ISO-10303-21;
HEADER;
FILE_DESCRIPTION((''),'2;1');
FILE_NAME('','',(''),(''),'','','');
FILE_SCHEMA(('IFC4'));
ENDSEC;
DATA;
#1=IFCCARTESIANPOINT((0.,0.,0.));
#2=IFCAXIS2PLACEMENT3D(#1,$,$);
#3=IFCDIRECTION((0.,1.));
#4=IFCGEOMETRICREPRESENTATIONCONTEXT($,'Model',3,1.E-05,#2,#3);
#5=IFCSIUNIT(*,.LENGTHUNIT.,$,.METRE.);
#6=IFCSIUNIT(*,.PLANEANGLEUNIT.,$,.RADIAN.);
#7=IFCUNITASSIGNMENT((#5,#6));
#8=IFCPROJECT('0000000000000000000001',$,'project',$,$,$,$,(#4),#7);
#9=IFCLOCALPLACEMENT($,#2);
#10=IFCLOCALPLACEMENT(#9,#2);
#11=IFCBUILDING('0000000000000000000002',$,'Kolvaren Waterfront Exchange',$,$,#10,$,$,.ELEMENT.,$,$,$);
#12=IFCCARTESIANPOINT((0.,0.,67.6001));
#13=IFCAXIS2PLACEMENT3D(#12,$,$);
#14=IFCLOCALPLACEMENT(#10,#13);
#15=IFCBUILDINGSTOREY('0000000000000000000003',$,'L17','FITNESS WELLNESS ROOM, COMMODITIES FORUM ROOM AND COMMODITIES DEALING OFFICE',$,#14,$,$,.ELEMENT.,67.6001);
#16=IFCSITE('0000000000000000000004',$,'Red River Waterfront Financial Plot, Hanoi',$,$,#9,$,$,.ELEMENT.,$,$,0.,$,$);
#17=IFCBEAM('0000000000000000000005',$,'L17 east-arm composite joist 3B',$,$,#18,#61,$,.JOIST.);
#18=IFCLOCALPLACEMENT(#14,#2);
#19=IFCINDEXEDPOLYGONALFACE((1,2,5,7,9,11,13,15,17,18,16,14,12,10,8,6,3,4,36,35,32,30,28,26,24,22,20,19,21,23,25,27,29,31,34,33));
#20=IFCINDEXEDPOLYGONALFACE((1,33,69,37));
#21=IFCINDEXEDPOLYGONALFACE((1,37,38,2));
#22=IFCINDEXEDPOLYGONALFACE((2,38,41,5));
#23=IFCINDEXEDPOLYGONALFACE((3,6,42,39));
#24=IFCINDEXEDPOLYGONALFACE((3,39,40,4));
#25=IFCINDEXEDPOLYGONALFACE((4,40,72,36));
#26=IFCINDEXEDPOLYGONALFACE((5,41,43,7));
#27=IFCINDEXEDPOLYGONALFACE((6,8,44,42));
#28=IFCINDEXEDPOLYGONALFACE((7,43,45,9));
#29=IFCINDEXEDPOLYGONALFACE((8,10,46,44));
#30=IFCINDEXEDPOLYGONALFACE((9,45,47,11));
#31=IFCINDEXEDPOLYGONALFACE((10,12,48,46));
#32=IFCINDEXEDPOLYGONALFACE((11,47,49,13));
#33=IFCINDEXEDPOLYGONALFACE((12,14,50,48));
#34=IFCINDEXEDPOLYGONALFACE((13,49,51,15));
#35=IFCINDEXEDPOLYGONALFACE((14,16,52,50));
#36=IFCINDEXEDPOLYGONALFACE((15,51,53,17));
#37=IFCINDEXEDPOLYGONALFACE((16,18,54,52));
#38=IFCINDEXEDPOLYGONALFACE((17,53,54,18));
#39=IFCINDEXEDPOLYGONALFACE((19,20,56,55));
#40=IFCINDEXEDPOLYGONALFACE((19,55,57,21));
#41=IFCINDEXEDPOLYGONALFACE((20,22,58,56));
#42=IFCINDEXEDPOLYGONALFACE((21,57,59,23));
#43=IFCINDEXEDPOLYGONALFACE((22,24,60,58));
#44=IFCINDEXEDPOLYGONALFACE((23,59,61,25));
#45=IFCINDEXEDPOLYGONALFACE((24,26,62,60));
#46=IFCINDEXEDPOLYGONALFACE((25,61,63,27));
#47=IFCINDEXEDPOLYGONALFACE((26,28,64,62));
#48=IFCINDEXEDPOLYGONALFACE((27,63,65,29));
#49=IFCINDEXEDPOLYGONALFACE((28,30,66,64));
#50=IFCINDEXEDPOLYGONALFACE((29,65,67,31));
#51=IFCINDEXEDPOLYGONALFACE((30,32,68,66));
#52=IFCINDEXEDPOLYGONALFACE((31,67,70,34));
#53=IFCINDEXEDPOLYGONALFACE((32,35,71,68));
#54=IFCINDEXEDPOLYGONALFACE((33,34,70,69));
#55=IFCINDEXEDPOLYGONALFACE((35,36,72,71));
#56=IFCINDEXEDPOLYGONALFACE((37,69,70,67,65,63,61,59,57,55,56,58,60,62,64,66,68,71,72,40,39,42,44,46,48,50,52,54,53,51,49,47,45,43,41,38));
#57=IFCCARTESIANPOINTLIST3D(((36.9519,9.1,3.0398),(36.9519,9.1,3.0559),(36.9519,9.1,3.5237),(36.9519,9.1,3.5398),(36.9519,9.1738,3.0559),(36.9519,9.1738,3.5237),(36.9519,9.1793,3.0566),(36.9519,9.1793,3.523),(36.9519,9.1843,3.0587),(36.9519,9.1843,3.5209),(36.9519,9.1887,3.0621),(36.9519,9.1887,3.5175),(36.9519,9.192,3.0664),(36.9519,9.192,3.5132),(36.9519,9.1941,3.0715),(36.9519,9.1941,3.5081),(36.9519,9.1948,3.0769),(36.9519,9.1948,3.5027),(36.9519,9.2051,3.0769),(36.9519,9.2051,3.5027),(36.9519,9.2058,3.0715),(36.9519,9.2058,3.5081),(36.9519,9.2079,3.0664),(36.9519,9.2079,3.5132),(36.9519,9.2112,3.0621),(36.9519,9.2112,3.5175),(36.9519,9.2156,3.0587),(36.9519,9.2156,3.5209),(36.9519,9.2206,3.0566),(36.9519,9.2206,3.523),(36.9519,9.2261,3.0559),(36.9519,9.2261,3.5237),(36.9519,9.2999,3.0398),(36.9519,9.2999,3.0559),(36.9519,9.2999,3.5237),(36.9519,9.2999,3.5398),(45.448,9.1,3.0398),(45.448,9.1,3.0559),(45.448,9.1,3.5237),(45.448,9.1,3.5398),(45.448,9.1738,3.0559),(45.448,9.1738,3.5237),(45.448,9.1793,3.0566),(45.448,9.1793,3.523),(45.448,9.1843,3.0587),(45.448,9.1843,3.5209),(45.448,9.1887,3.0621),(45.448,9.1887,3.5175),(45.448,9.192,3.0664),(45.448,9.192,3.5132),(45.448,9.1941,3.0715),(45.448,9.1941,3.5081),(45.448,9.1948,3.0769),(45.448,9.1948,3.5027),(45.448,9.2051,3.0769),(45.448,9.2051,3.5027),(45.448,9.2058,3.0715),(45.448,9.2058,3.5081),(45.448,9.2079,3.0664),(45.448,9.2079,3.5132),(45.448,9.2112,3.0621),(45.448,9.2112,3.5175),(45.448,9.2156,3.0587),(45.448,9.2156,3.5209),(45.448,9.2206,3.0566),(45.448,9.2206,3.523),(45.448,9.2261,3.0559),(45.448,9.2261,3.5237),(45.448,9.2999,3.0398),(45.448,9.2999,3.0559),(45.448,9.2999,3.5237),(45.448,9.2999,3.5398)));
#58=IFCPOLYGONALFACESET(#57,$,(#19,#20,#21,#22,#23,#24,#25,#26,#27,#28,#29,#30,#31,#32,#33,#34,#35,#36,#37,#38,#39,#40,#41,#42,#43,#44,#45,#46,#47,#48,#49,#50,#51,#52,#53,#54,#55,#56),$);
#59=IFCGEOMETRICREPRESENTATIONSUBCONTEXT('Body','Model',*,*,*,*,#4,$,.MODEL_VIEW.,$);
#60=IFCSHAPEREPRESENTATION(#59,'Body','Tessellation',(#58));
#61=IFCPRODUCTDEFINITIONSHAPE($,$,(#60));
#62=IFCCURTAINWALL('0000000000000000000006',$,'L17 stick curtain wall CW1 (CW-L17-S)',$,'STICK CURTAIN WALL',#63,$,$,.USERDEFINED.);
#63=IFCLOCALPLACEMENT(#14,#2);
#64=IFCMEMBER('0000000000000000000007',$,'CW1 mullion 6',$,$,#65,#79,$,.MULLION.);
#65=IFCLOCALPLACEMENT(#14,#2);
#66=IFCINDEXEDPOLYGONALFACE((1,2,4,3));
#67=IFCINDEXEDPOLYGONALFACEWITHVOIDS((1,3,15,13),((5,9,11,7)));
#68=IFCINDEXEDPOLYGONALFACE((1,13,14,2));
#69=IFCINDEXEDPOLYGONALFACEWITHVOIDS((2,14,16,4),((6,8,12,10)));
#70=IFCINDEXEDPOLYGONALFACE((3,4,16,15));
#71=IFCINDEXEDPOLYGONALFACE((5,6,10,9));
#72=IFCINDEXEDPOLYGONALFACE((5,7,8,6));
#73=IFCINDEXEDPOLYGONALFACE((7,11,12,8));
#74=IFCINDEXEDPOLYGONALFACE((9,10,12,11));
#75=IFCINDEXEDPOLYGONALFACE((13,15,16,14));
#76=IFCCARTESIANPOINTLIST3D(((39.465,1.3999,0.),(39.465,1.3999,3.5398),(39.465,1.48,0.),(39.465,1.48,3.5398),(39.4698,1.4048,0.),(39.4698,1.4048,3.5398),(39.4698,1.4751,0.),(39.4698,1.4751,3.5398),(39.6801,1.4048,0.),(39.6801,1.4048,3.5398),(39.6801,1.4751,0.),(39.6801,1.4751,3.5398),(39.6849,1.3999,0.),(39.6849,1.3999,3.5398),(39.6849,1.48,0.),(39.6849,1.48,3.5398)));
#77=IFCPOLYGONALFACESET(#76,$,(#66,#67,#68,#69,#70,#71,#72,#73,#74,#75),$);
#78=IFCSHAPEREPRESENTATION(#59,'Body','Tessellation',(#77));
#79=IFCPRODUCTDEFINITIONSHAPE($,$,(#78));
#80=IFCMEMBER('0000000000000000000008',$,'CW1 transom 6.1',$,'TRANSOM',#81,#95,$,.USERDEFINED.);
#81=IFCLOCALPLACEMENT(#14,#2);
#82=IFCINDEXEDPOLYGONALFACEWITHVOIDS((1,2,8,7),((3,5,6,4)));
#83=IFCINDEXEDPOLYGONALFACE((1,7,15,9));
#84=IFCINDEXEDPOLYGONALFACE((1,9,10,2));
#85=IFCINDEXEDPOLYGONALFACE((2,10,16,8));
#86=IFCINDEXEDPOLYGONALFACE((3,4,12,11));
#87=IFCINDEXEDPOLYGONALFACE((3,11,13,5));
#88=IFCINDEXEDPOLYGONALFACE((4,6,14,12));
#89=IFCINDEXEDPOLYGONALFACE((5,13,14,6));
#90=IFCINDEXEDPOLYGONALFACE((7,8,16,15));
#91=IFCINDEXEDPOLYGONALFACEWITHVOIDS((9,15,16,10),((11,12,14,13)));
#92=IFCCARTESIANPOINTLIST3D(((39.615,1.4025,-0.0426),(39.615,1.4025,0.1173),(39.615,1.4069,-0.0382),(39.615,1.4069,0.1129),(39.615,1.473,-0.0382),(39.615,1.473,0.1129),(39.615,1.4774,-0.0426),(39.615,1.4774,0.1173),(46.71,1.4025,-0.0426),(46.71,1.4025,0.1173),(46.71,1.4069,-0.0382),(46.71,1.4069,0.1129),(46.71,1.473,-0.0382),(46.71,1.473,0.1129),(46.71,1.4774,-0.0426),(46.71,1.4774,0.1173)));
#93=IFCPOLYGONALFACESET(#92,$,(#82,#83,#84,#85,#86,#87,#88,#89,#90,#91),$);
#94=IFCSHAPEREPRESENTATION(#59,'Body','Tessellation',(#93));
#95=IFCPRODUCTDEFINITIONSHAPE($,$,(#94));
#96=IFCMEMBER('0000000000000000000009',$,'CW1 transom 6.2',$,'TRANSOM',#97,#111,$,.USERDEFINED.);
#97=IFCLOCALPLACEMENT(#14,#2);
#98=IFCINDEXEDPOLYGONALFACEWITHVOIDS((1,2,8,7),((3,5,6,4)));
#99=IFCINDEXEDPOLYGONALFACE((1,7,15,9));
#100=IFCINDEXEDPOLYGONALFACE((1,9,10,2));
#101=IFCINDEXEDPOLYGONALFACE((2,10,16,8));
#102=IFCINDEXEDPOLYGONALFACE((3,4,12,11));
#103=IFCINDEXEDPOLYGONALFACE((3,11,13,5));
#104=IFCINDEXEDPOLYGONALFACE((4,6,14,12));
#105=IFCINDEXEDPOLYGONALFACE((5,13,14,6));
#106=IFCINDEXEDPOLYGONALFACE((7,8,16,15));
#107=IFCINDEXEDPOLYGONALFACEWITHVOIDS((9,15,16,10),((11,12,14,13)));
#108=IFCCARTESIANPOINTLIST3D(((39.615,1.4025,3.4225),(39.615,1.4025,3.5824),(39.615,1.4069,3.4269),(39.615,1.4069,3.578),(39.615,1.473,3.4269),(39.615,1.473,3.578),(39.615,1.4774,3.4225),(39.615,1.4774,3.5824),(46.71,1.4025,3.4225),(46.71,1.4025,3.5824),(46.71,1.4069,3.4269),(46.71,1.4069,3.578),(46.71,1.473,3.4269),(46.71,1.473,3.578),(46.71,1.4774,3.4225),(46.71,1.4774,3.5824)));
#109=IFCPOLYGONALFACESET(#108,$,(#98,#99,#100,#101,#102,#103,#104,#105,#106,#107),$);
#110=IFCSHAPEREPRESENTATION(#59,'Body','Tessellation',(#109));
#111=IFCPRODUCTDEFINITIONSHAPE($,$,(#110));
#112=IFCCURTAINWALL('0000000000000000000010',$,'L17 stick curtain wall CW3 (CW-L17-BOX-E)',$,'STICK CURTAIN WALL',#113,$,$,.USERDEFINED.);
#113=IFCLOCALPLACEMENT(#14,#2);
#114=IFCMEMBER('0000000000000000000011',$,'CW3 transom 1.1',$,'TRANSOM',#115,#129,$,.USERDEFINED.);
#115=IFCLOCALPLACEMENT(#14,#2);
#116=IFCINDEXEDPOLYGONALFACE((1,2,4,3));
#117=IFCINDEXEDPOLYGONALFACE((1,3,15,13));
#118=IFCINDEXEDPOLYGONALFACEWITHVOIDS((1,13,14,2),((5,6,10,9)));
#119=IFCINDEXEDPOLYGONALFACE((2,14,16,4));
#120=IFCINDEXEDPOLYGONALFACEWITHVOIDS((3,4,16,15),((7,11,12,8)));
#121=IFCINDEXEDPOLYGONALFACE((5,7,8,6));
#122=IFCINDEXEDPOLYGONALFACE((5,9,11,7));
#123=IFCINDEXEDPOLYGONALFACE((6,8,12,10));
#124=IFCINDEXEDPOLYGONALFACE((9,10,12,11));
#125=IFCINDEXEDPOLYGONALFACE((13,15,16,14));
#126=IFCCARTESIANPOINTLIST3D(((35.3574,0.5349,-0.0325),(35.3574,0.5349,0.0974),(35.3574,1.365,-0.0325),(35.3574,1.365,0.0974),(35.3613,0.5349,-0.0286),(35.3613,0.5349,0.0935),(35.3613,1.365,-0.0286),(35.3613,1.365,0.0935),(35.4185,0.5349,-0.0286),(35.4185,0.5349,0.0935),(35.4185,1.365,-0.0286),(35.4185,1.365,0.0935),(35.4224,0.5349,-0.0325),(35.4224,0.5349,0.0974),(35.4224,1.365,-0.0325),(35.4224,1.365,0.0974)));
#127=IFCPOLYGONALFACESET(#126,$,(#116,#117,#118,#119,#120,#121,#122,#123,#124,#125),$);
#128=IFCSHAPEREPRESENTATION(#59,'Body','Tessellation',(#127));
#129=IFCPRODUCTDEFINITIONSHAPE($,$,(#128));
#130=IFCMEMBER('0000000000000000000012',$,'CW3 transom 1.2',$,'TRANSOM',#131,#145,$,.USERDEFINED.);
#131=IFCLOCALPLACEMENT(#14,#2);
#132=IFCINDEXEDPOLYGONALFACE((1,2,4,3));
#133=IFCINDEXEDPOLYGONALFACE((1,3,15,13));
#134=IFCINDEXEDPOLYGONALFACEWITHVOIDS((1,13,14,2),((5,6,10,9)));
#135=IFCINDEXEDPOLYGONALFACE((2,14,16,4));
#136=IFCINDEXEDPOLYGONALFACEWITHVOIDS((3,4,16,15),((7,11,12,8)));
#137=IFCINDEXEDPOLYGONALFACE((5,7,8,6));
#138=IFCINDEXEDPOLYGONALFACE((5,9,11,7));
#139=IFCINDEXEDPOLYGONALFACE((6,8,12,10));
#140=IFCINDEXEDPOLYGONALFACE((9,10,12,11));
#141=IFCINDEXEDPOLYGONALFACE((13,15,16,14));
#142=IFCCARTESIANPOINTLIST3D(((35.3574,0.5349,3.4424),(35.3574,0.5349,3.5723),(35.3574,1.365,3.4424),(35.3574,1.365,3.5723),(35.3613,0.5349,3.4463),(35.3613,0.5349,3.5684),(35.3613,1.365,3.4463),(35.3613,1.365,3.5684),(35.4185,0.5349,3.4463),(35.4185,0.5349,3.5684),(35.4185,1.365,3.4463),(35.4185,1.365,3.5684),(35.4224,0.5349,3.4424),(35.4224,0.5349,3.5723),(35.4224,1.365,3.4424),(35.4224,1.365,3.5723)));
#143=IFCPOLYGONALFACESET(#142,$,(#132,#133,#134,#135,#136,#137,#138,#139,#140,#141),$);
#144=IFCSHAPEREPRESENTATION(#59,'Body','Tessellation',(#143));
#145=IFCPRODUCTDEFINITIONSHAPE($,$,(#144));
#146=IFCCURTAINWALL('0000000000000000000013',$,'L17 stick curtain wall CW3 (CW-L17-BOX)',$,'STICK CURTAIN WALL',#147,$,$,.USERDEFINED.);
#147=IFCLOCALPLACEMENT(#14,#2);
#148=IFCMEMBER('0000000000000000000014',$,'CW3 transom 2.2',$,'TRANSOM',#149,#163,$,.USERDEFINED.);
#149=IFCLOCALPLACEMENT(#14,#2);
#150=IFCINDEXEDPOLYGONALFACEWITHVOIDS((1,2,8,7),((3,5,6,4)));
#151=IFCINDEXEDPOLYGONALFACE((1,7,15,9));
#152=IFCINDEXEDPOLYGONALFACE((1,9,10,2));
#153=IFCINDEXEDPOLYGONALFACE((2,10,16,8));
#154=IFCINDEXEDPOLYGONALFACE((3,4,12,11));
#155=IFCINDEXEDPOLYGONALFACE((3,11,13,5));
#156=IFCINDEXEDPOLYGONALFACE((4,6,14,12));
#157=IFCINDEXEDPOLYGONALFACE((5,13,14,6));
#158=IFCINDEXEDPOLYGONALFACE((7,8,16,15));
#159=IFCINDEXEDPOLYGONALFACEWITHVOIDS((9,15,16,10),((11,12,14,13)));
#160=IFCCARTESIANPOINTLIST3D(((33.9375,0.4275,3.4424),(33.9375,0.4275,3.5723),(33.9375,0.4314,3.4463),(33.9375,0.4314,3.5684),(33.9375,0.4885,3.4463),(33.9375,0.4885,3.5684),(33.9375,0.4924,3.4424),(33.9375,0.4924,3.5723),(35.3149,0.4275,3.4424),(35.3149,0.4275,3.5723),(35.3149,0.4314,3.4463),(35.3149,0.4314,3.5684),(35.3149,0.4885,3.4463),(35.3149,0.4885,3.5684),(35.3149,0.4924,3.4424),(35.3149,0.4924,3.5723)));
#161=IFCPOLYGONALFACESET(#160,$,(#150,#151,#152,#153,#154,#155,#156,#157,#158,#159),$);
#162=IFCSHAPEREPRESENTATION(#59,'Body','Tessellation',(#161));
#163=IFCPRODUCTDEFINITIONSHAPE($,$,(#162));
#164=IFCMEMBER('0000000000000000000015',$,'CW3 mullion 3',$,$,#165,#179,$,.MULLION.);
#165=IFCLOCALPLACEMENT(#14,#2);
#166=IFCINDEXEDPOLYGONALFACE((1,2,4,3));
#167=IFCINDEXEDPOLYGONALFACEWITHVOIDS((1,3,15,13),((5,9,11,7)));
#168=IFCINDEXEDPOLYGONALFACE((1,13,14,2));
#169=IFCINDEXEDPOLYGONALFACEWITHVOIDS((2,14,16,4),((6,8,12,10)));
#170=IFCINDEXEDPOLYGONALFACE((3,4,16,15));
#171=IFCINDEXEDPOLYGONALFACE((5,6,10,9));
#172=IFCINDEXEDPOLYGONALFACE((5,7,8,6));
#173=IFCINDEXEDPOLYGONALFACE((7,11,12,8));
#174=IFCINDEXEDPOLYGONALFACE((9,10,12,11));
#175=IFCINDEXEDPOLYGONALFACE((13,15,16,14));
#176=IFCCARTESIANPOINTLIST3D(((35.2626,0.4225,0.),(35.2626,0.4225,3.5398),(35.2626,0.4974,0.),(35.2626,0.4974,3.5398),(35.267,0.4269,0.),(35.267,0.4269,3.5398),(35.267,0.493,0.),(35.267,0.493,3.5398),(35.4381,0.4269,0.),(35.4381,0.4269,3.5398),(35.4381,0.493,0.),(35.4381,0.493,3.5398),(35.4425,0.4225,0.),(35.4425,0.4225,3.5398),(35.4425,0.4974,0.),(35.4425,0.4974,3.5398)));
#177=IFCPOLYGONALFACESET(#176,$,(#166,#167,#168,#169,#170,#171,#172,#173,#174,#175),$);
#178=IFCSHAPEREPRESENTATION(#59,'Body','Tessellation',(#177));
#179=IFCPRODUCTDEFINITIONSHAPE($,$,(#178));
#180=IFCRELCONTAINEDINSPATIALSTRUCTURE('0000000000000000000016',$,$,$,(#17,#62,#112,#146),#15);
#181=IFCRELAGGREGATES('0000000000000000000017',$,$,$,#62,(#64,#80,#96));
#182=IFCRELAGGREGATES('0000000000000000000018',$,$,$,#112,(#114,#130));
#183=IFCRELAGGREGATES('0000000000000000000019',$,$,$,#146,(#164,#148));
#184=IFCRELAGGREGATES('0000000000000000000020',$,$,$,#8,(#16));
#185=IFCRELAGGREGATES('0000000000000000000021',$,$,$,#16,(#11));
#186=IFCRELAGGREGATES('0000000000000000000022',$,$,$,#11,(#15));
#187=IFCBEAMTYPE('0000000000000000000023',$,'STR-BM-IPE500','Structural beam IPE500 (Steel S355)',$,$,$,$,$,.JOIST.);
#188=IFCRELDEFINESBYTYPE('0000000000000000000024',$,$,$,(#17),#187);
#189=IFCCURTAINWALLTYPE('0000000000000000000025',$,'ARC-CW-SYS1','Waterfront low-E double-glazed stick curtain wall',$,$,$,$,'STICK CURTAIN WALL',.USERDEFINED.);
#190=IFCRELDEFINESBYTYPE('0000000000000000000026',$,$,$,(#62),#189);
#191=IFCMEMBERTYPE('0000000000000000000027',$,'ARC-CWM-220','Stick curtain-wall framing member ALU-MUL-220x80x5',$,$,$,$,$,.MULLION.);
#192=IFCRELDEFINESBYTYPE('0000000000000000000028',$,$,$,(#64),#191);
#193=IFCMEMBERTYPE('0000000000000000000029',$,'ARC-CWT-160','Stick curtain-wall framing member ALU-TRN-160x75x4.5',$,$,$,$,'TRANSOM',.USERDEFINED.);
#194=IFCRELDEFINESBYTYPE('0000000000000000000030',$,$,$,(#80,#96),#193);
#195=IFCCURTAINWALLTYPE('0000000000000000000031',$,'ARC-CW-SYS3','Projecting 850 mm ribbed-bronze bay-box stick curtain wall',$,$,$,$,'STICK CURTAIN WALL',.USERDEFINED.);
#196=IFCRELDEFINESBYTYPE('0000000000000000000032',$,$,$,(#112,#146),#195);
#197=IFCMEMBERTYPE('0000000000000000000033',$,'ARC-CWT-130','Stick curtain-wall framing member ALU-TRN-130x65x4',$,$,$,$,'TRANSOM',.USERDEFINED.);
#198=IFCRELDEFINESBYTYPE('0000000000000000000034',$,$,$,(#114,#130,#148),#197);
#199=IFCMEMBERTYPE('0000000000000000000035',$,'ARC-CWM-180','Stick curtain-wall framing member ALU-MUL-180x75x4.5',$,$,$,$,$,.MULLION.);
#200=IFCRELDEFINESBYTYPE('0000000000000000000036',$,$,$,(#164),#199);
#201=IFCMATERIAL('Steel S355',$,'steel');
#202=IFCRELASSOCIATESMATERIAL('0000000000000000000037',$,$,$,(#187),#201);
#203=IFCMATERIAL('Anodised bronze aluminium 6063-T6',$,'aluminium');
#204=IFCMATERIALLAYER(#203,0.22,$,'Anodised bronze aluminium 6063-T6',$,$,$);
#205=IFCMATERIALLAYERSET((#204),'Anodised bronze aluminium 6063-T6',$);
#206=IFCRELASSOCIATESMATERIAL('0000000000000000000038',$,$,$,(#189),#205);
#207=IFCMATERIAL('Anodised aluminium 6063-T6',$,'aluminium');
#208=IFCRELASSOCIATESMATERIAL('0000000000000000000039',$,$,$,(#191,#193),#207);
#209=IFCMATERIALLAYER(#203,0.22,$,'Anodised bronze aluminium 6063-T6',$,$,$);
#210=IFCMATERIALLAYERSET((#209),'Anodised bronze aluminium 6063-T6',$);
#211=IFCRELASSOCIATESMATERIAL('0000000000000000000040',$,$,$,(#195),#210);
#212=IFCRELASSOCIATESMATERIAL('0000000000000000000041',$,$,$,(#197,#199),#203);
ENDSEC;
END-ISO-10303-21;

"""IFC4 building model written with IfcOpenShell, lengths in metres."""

from ifc_helpers import new_model, si_unit, direction, frame, origin, origin_with_axes, origin_2d, place, context, subcontext, project, spatial, hollow_rectangle, i_section, extrude, source, transform, mapped, material, layer, layer_set, material_profile, profile_set, type_object, element, aggregate, save


model = new_model("IFC4")

# Units and contexts
model_context = context("Model", 3, precision=1e-05, world=origin(), true_north=direction((0.0, 1.0)))
body_context = subcontext(model_context, "Body", "Model", "MODEL_VIEW")
ifc_project = project(units=[si_unit("LENGTHUNIT", "METRE"), si_unit("PLANEANGLEUNIT", "RADIAN")], contexts=[model_context])

# Site, building, storey
site_placement = place(None, origin())
site = spatial("IfcSite", under=ifc_project, at=site_placement, Name="Red River Waterfront Financial Plot, Hanoi", CompositionType="ELEMENT", RefElevation=0.0)
building_placement = place(site_placement, origin())
building = spatial("IfcBuilding", under=site, at=building_placement, Name="Kolvaren Waterfront Exchange", CompositionType="ELEMENT")
storey_placement = place(building_placement, frame((0.0, 0.0, 67.6001)))
storey = spatial("IfcBuildingStorey", under=building, at=storey_placement, Name="L17", Description="FITNESS WELLNESS ROOM, COMMODITIES FORUM ROOM AND COMMODITIES DEALING OFFICE", CompositionType="ELEMENT", Elevation=67.6001)

# Beam
ifc_material_1 = material(Name="Steel S355", Category="steel")
ifc_material_profile_1 = material_profile(ifc_material_1, i_section(OverallWidth=0.2, OverallDepth=0.5, WebThickness=0.0103, FlangeThickness=0.0161, FilletRadius=0.021, at=origin_2d()), Name="IPE500")
ifc_profile_set_1 = profile_set([ifc_material_profile_1], Name="Steel S355")
beam_type_1 = type_object("IfcBeamType", Name="STR-BM-IPE500", Description="Structural beam IPE500 (Steel S355)", PredefinedType="JOIST", material=ifc_profile_set_1)
beam_1_placement = place(storey_placement, frame((36.9519, 9.2, 3.2898), z_axis=(1.0, 0.0, 0.0), x_axis=(0.0, 1.0, 0.0)))
element("IfcBeam", 1, at=beam_1_placement, inside=storey, type_object=beam_type_1, Name="L17 east-arm composite joist 3B", PredefinedType="JOIST", context=body_context, shape_type="SweptSolid", body=[
    extrude(i_section(OverallWidth=0.2, OverallDepth=0.5, WebThickness=0.0103, FlangeThickness=0.0161, FilletRadius=0.021, at=origin_2d()), origin(), (0.0, 0.0, 1.0), 8.4961),
])

# Curtain walls, members
ifc_material_2 = material(Name="Anodised bronze aluminium 6063-T6", Category="aluminium")
ifc_layer_1 = layer(ifc_material_2, 0.22, Name="Anodised bronze aluminium 6063-T6")
ifc_layer_set_1 = layer_set([ifc_layer_1], Name="Anodised bronze aluminium 6063-T6")
curtain_wall_type_1 = type_object("IfcCurtainWallType", Name="ARC-CW-SYS1", Description="Waterfront low-E double-glazed stick curtain wall", ElementType="STICK CURTAIN WALL", PredefinedType="USERDEFINED", material=ifc_layer_set_1)
curtain_wall_1_placement = place(storey_placement, origin())
curtain_wall_1 = element("IfcCurtainWall", 2, at=curtain_wall_1_placement, inside=storey, type_object=curtain_wall_type_1, Name="L17 stick curtain wall CW1 (CW-L17-S)", ObjectType="STICK CURTAIN WALL", PredefinedType="USERDEFINED")
ifc_material_3 = material(Name="Anodised aluminium 6063-T6", Category="aluminium")
ifc_material_profile_2 = material_profile(ifc_material_3, hollow_rectangle(XDim=0.0801, YDim=0.22, WallThickness=0.0049, at=origin_2d()), Name="ALU-MUL-220x80x5")
ifc_profile_set_2 = profile_set([ifc_material_profile_2], Name="Anodised aluminium 6063-T6")
member_type_1 = type_object("IfcMemberType", Name="ARC-CWM-220", Description="Stick curtain-wall framing member ALU-MUL-220x80x5", PredefinedType="MULLION", material=ifc_profile_set_2)
shared_shape_1 = source(origin_with_axes(), body_context, "Body", "SweptSolid", [
    extrude(hollow_rectangle(XDim=0.0801, YDim=0.22, WallThickness=0.0049, at=origin_2d()), origin(), (0.0, 0.0, 1.0), 3.5398),
])
member_1_placement = place(storey_placement, frame((39.575, 1.4399, 0.0), z_axis=(0.0, 0.0, 1.0), x_axis=(0.0, 1.0, 0.0)))
member_1 = element("IfcMember", 3, at=member_1_placement, type_object=member_type_1, Name="CW1 mullion 6", PredefinedType="MULLION", context=body_context, shape_type="MappedRepresentation", body=[
    mapped(shared_shape_1, transform((0.0, 0.0, 0.0), x_axis=(1.0, 0.0, 0.0), y_axis=(0.0, 1.0, 0.0), z_axis=(0.0, 0.0, 1.0), scale=1.0)),
])
ifc_material_profile_3 = material_profile(ifc_material_3, hollow_rectangle(XDim=0.075, YDim=0.1599, WallThickness=0.0044, at=origin_2d()), Name="ALU-TRN-160x75x4.5")
ifc_profile_set_3 = profile_set([ifc_material_profile_3], Name="Anodised aluminium 6063-T6")
member_type_2 = type_object("IfcMemberType", Name="ARC-CWT-160", Description="Stick curtain-wall framing member ALU-TRN-160x75x4.5", ElementType="TRANSOM", PredefinedType="USERDEFINED", material=ifc_profile_set_3)
shared_shape_2 = source(origin_with_axes(), body_context, "Body", "SweptSolid", [
    extrude(hollow_rectangle(XDim=0.075, YDim=0.1599, WallThickness=0.0044, at=origin_2d()), origin(), (0.0, 0.0, 1.0), 7.095),
])
member_2_placement = place(storey_placement, frame((39.615, 1.4399, 0.0374), z_axis=(1.0, 0.0, 0.0), x_axis=(0.0, 1.0, 0.0)))
member_2 = element("IfcMember", 4, at=member_2_placement, type_object=member_type_2, Name="CW1 transom 6.1", ObjectType="TRANSOM", PredefinedType="USERDEFINED", context=body_context, shape_type="MappedRepresentation", body=[
    mapped(shared_shape_2, transform((0.0, 0.0, 0.0), x_axis=(1.0, 0.0, 0.0), y_axis=(0.0, 1.0, 0.0), z_axis=(0.0, 0.0, 1.0), scale=1.0)),
])
member_3_placement = place(storey_placement, frame((39.615, 1.4399, 3.5024), z_axis=(1.0, 0.0, 0.0), x_axis=(0.0, 1.0, 0.0)))
member_3 = element("IfcMember", 5, at=member_3_placement, type_object=member_type_2, Name="CW1 transom 6.2", ObjectType="TRANSOM", PredefinedType="USERDEFINED", context=body_context, shape_type="MappedRepresentation", body=[
    mapped(shared_shape_2, transform((0.0, 0.0, 0.0), x_axis=(1.0, 0.0, 0.0), y_axis=(0.0, 1.0, 0.0), z_axis=(0.0, 0.0, 1.0), scale=1.0)),
])
ifc_layer_2 = layer(ifc_material_2, 0.22, Name="Anodised bronze aluminium 6063-T6")
ifc_layer_set_2 = layer_set([ifc_layer_2], Name="Anodised bronze aluminium 6063-T6")
curtain_wall_type_2 = type_object("IfcCurtainWallType", Name="ARC-CW-SYS3", Description="Projecting 850 mm ribbed-bronze bay-box stick curtain wall", ElementType="STICK CURTAIN WALL", PredefinedType="USERDEFINED", material=ifc_layer_set_2)
curtain_wall_2_placement = place(storey_placement, origin())
curtain_wall_2 = element("IfcCurtainWall", 6, at=curtain_wall_2_placement, inside=storey, type_object=curtain_wall_type_2, Name="L17 stick curtain wall CW3 (CW-L17-BOX-E)", ObjectType="STICK CURTAIN WALL", PredefinedType="USERDEFINED")
ifc_material_profile_4 = material_profile(ifc_material_2, hollow_rectangle(XDim=0.0649, YDim=0.1299, WallThickness=0.0039, at=origin_2d()), Name="ALU-TRN-130x65x4")
ifc_profile_set_4 = profile_set([ifc_material_profile_4], Name="Anodised bronze aluminium 6063-T6")
member_type_3 = type_object("IfcMemberType", Name="ARC-CWT-130", Description="Stick curtain-wall framing member ALU-TRN-130x65x4", ElementType="TRANSOM", PredefinedType="USERDEFINED", material=ifc_profile_set_4)
shared_shape_3 = source(origin_with_axes(), body_context, "Body", "SweptSolid", [
    extrude(hollow_rectangle(XDim=0.0649, YDim=0.1299, WallThickness=0.0039, at=origin_2d()), origin(), (0.0, 0.0, 1.0), 0.8301),
])
member_4_placement = place(storey_placement, frame((35.3899, 0.5349, 0.0325), z_axis=(0.0, 1.0, 0.0), x_axis=(-1.0, 0.0, 0.0)))
member_4 = element("IfcMember", 7, at=member_4_placement, type_object=member_type_3, Name="CW3 transom 1.1", ObjectType="TRANSOM", PredefinedType="USERDEFINED", context=body_context, shape_type="MappedRepresentation", body=[
    mapped(shared_shape_3, transform((0.0, 0.0, 0.0), x_axis=(1.0, 0.0, 0.0), y_axis=(0.0, 1.0, 0.0), z_axis=(0.0, 0.0, 1.0), scale=1.0)),
])
member_5_placement = place(storey_placement, frame((35.3899, 0.5349, 3.5073), z_axis=(0.0, 1.0, 0.0), x_axis=(-1.0, 0.0, 0.0)))
member_5 = element("IfcMember", 8, at=member_5_placement, type_object=member_type_3, Name="CW3 transom 1.2", ObjectType="TRANSOM", PredefinedType="USERDEFINED", context=body_context, shape_type="MappedRepresentation", body=[
    mapped(shared_shape_3, transform((0.0, 0.0, 0.0), x_axis=(1.0, 0.0, 0.0), y_axis=(0.0, 1.0, 0.0), z_axis=(0.0, 0.0, 1.0), scale=1.0)),
])
curtain_wall_3_placement = place(storey_placement, origin())
curtain_wall_3 = element("IfcCurtainWall", 9, at=curtain_wall_3_placement, inside=storey, type_object=curtain_wall_type_2, Name="L17 stick curtain wall CW3 (CW-L17-BOX)", ObjectType="STICK CURTAIN WALL", PredefinedType="USERDEFINED")
shared_shape_4 = source(origin_with_axes(), body_context, "Body", "SweptSolid", [
    extrude(hollow_rectangle(XDim=0.0649, YDim=0.1299, WallThickness=0.0039, at=origin_2d()), origin(), (0.0, 0.0, 1.0), 1.3774),
])
member_6_placement = place(storey_placement, frame((33.9375, 0.46, 3.5073), z_axis=(1.0, 0.0, 0.0), x_axis=(0.0, 1.0, 0.0)))
member_6 = element("IfcMember", 10, at=member_6_placement, type_object=member_type_3, Name="CW3 transom 2.2", ObjectType="TRANSOM", PredefinedType="USERDEFINED", context=body_context, shape_type="MappedRepresentation", body=[
    mapped(shared_shape_4, transform((0.0, 0.0, 0.0), x_axis=(1.0, 0.0, 0.0), y_axis=(0.0, 1.0, 0.0), z_axis=(0.0, 0.0, 1.0), scale=1.0)),
])
ifc_material_profile_5 = material_profile(ifc_material_2, hollow_rectangle(XDim=0.075, YDim=0.1799, WallThickness=0.0044, at=origin_2d()), Name="ALU-MUL-180x75x4.5")
ifc_profile_set_5 = profile_set([ifc_material_profile_5], Name="Anodised bronze aluminium 6063-T6")
member_type_4 = type_object("IfcMemberType", Name="ARC-CWM-180", Description="Stick curtain-wall framing member ALU-MUL-180x75x4.5", PredefinedType="MULLION", material=ifc_profile_set_5)
shared_shape_5 = source(origin_with_axes(), body_context, "Body", "SweptSolid", [
    extrude(hollow_rectangle(XDim=0.075, YDim=0.1799, WallThickness=0.0044, at=origin_2d()), origin(), (0.0, 0.0, 1.0), 3.5398),
])
member_7_placement = place(storey_placement, frame((35.3525, 0.46, 0.0), z_axis=(0.0, 0.0, 1.0), x_axis=(0.0, 1.0, 0.0)))
member_7 = element("IfcMember", 11, at=member_7_placement, type_object=member_type_4, Name="CW3 mullion 3", PredefinedType="MULLION", context=body_context, shape_type="MappedRepresentation", body=[
    mapped(shared_shape_5, transform((0.0, 0.0, 0.0), x_axis=(1.0, 0.0, 0.0), y_axis=(0.0, 1.0, 0.0), z_axis=(0.0, 0.0, 1.0), scale=1.0)),
])

aggregate(curtain_wall_1, [member_1, member_2, member_3])
aggregate(curtain_wall_2, [member_4, member_5])
aggregate(curtain_wall_3, [member_7, member_6])

save(model, "model.ifc")
